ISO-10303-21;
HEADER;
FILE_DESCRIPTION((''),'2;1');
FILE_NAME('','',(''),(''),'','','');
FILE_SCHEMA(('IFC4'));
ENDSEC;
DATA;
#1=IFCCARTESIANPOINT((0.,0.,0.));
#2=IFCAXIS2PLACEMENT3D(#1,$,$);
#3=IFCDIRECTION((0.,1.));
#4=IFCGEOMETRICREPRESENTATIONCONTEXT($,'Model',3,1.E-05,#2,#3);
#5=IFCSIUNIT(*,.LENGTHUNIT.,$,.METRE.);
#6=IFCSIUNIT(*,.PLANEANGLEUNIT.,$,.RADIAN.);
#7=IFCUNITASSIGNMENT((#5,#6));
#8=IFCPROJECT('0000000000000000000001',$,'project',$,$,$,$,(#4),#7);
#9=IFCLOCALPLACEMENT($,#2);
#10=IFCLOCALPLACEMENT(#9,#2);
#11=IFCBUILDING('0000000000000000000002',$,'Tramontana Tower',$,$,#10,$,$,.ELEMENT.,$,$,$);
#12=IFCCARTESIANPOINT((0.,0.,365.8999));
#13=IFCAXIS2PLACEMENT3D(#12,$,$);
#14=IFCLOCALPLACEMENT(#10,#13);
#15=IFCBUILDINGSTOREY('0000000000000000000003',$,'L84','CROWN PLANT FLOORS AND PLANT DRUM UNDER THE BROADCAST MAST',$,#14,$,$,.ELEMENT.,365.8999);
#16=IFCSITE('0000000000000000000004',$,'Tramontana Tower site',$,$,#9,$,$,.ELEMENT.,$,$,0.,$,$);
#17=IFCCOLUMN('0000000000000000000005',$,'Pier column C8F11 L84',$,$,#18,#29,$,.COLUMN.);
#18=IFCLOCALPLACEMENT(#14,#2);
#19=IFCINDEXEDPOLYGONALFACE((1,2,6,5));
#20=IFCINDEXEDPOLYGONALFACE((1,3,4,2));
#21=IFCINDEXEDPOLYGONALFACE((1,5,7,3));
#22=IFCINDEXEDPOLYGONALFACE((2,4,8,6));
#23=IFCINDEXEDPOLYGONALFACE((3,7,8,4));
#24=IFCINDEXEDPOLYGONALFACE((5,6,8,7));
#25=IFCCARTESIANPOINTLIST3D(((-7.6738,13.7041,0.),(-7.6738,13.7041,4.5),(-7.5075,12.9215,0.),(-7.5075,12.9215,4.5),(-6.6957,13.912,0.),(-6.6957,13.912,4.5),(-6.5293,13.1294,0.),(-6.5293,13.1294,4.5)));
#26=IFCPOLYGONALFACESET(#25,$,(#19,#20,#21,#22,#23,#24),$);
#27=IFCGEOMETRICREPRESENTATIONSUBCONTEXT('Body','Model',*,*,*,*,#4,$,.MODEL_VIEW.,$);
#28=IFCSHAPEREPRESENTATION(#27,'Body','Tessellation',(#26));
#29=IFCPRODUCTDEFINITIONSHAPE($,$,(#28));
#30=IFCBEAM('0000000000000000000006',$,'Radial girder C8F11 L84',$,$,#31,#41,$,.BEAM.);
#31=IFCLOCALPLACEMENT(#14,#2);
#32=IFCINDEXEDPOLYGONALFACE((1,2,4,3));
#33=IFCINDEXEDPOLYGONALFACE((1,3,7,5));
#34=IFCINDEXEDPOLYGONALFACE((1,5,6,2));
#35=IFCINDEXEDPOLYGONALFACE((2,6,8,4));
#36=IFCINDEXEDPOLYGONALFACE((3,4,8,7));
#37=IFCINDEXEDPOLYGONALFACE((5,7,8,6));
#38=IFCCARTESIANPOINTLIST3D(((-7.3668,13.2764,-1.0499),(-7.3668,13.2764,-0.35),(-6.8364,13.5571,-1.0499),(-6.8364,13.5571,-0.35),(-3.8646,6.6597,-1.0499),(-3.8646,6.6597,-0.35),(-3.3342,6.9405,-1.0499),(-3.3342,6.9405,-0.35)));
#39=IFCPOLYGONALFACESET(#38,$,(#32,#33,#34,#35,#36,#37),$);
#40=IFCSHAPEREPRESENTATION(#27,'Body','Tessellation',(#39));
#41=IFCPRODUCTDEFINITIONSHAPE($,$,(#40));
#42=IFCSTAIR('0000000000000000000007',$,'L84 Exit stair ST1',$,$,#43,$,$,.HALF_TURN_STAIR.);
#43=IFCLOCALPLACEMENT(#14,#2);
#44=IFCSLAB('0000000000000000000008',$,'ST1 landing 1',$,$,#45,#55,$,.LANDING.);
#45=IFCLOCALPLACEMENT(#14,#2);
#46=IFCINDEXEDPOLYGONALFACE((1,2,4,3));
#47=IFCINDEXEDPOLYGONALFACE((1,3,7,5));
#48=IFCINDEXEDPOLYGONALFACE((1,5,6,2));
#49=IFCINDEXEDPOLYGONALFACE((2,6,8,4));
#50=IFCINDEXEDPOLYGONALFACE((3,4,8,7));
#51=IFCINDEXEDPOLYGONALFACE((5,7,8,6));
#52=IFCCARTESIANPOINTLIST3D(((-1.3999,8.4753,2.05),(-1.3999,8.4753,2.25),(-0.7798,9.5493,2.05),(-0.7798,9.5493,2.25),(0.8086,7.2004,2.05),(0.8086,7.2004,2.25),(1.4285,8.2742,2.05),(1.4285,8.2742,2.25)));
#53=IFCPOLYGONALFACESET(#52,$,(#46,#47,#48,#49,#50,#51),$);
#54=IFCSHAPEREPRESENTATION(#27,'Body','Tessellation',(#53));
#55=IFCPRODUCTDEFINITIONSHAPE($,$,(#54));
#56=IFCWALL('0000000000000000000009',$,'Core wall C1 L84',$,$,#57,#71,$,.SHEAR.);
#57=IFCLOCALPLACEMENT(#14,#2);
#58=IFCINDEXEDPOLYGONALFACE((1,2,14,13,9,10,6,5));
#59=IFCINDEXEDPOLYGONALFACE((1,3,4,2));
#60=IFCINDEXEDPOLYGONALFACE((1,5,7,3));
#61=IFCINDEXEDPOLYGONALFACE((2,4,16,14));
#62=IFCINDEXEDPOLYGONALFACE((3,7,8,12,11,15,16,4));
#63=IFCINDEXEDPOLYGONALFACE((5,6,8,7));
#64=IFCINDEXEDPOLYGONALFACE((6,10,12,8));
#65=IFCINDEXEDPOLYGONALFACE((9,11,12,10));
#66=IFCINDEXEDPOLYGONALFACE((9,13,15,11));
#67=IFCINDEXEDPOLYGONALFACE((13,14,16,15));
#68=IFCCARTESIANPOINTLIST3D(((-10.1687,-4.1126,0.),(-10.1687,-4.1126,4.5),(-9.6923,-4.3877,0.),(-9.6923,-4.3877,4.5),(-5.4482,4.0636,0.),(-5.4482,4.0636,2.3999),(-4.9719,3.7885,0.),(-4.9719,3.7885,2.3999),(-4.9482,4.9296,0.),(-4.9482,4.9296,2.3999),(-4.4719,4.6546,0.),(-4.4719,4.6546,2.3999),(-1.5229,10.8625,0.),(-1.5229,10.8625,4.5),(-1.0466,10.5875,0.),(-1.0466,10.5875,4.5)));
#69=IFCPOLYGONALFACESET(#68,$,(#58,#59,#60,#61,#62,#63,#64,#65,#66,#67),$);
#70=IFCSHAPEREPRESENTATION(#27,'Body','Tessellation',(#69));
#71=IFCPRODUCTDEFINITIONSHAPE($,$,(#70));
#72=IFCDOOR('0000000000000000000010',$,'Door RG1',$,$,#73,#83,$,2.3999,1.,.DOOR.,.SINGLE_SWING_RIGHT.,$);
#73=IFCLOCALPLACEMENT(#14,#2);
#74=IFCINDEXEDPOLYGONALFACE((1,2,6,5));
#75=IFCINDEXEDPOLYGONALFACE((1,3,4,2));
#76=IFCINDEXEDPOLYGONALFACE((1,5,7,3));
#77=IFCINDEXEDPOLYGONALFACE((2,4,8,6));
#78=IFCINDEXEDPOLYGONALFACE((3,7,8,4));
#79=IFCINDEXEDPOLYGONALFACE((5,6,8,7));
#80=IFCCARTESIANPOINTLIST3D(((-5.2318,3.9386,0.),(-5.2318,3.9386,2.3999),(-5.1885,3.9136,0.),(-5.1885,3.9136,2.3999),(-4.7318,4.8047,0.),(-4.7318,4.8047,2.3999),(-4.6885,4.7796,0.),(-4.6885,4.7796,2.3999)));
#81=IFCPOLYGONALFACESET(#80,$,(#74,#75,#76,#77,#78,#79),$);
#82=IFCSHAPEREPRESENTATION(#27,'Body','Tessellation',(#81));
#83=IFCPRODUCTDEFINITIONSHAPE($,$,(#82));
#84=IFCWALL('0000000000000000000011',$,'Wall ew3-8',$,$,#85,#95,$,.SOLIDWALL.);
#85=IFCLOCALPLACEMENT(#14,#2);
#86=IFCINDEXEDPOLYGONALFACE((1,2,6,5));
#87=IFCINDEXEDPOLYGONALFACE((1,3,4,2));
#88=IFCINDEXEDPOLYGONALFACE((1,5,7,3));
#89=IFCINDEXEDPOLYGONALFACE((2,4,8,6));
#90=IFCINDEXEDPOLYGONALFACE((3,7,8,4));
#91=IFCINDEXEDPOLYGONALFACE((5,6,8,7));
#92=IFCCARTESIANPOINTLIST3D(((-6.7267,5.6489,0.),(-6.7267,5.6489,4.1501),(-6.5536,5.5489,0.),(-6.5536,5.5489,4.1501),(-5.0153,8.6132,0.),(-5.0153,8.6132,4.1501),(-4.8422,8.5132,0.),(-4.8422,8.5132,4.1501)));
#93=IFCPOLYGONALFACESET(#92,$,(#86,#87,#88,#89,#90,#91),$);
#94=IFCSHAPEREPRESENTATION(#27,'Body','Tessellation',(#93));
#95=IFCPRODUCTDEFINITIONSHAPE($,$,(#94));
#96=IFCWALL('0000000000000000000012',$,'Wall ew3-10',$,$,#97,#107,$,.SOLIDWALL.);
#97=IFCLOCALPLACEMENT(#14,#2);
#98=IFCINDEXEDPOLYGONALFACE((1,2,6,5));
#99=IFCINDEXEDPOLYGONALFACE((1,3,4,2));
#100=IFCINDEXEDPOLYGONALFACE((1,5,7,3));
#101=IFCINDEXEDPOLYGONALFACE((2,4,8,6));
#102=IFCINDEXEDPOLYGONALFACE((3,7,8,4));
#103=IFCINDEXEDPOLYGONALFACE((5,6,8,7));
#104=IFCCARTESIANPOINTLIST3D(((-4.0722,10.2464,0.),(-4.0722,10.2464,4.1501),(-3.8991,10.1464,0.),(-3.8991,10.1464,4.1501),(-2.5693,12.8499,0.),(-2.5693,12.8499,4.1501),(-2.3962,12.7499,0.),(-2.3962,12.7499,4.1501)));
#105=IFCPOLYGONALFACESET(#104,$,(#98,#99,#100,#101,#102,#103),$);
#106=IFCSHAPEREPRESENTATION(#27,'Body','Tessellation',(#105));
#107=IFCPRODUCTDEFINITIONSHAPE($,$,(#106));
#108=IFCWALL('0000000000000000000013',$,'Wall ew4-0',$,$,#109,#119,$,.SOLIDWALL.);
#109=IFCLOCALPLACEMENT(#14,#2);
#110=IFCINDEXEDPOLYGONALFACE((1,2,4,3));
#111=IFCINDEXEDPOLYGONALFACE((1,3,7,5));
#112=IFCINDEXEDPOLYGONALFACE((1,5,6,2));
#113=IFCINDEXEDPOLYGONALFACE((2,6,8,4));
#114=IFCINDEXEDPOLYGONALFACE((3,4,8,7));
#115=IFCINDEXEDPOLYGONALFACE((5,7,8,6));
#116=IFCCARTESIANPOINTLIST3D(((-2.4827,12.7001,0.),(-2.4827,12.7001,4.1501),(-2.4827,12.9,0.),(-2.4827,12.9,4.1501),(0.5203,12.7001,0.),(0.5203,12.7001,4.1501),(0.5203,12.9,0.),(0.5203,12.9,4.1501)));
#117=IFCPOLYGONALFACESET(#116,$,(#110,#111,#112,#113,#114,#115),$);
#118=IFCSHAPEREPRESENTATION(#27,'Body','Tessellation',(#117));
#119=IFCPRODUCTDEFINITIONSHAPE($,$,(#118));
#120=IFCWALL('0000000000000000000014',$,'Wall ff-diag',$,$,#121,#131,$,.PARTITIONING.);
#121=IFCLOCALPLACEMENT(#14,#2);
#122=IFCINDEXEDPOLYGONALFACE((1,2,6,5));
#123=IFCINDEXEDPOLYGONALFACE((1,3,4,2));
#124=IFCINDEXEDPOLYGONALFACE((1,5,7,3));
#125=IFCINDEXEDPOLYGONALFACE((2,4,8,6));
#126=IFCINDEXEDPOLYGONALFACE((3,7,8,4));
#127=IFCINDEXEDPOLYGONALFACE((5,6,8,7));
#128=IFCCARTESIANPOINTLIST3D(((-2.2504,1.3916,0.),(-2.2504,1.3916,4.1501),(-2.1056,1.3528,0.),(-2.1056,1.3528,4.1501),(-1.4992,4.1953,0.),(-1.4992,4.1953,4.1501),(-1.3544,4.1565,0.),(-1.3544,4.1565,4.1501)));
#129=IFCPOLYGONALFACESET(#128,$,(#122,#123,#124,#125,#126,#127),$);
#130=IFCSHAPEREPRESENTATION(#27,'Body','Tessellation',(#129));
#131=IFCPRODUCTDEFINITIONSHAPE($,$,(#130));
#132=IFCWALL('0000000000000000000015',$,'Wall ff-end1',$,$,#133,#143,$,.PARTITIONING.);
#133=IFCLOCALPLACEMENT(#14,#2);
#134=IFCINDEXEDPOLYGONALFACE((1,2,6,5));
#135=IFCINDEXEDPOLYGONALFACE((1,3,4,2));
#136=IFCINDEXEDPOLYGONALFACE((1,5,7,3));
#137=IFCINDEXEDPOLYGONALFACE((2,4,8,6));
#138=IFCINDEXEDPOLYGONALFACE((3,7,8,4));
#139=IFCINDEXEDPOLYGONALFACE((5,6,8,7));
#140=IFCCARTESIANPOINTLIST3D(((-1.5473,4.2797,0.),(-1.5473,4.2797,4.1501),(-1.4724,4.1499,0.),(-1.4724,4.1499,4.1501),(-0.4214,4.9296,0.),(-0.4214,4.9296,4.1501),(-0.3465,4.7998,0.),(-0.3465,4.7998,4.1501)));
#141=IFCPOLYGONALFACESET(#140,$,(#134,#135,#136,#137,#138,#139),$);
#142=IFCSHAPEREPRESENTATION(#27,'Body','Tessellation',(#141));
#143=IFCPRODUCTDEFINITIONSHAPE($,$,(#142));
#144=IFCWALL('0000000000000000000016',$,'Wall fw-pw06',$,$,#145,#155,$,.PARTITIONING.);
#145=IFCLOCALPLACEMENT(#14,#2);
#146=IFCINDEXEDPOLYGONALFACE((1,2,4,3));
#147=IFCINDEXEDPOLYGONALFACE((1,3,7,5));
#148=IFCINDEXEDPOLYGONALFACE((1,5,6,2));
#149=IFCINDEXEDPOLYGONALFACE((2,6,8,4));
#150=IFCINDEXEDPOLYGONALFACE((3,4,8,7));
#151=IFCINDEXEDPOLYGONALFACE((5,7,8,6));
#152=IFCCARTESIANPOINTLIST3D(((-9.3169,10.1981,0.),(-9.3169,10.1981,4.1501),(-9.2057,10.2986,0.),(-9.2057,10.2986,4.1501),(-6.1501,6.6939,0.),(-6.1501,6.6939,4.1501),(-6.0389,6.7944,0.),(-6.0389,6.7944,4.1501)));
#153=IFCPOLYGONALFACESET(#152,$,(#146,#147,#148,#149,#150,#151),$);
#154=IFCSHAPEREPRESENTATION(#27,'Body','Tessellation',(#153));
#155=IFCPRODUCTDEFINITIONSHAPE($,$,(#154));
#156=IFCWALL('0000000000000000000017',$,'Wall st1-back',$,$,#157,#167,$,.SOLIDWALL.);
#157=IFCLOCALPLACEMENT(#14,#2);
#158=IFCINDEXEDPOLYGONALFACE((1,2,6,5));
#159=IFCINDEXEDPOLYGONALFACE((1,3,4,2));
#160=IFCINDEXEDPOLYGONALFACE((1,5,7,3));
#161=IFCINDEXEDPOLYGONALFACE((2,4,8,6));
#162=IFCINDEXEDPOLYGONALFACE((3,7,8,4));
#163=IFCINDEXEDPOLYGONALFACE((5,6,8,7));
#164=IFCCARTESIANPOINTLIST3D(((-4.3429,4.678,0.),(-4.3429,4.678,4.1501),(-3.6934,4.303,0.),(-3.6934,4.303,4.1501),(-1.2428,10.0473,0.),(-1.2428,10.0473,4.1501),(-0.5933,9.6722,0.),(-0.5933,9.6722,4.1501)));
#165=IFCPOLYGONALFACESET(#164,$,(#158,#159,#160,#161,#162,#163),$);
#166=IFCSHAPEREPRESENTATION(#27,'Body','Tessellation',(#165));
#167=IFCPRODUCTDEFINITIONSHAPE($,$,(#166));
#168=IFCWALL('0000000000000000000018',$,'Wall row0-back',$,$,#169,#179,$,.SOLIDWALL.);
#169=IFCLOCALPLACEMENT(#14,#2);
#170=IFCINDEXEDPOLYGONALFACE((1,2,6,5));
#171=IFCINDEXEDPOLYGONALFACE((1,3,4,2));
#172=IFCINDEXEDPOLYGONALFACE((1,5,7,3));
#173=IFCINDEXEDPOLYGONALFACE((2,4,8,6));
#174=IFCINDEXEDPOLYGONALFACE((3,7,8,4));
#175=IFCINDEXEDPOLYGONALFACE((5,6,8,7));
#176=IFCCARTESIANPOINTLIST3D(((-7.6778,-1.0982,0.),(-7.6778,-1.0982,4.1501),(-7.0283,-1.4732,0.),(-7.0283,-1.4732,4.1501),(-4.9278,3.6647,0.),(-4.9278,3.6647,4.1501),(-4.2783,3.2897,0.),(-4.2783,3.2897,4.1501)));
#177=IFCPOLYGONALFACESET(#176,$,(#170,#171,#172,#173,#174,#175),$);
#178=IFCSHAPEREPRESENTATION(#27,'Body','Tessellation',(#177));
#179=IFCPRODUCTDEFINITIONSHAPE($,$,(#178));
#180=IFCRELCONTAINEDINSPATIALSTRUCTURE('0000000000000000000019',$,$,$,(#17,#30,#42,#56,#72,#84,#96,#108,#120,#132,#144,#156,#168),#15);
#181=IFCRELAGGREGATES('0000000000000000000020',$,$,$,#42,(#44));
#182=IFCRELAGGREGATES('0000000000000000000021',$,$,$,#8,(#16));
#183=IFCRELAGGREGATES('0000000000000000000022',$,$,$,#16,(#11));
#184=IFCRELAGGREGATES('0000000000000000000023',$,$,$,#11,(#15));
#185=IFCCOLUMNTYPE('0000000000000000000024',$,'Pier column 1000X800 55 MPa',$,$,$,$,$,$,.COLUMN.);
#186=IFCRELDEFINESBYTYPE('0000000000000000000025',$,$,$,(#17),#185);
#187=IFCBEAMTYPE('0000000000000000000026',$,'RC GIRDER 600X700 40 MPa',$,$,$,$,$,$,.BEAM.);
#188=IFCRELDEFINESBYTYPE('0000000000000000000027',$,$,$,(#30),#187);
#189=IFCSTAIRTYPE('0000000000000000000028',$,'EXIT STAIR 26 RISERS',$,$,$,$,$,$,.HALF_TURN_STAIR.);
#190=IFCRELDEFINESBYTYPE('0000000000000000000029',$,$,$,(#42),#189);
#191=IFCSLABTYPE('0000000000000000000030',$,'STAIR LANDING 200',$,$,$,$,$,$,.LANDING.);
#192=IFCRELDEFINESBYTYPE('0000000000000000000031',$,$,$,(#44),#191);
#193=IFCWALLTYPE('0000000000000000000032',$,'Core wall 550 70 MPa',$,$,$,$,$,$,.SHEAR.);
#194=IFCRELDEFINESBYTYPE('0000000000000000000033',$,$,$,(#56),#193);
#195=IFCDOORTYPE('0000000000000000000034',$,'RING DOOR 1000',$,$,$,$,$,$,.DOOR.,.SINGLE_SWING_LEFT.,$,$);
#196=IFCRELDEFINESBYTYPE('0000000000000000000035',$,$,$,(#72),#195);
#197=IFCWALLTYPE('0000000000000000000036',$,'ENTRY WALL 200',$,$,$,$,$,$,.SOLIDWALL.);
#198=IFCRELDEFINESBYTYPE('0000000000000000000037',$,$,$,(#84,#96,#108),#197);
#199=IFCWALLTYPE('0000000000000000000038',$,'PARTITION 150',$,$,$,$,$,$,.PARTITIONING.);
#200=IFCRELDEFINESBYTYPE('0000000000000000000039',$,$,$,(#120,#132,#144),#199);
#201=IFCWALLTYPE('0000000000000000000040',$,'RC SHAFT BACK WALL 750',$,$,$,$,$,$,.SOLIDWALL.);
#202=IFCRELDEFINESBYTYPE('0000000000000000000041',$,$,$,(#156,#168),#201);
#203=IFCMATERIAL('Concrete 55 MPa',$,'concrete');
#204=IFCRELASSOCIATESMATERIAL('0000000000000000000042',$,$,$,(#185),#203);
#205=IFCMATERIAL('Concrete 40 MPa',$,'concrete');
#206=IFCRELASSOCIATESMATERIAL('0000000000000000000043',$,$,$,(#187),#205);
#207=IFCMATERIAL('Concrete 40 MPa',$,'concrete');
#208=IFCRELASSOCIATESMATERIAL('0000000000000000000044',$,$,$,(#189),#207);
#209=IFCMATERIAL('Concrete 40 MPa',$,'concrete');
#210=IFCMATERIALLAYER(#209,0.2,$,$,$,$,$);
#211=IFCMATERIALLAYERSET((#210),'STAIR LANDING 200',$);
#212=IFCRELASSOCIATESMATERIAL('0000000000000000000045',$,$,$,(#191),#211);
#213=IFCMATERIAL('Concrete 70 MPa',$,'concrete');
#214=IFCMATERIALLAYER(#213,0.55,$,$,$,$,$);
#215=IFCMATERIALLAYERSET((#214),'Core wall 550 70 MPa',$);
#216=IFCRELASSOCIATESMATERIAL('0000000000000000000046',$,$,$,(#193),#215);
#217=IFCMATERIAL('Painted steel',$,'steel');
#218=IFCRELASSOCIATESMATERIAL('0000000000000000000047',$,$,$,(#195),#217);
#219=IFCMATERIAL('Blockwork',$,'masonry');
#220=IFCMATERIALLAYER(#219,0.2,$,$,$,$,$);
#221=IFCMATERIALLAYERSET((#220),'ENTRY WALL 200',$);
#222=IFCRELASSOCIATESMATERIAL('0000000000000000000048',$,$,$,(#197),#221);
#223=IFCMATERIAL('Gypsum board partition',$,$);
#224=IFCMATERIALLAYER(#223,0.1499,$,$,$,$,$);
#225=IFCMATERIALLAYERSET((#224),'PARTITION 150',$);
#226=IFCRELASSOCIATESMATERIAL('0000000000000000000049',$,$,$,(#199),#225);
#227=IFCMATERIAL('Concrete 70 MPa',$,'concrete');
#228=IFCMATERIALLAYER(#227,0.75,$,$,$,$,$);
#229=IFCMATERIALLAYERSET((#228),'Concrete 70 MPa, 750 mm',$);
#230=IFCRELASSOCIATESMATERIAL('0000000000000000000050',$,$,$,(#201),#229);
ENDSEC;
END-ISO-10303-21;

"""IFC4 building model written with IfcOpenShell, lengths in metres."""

from ifc_helpers import new_model, si_unit, direction, frame, frame_2d, origin, origin_2d, place, context, subcontext, project, spatial, polyline, rectangle, outline, extrude, material, layer, layer_set, material_profile, profile_set, type_object, element, fill, aggregate, save


model = new_model("IFC4")

# Units and contexts
model_context = context("Model", 3, precision=1e-05, world=origin(), true_north=direction((0.0, 1.0)))
body_context = subcontext(model_context, "Body", "Model", "MODEL_VIEW")
ifc_project = project(units=[si_unit("LENGTHUNIT", "METRE"), si_unit("PLANEANGLEUNIT", "RADIAN")], contexts=[model_context])

# Site, building, storey
site_placement = place(None, origin())
site = spatial("IfcSite", under=ifc_project, at=site_placement, Name="Tramontana Tower site", CompositionType="ELEMENT", RefElevation=0.0)
building_placement = place(site_placement, origin())
building = spatial("IfcBuilding", under=site, at=building_placement, Name="Tramontana Tower", CompositionType="ELEMENT")
storey_placement = place(building_placement, frame((0.0, 0.0, 365.8999)))
storey = spatial("IfcBuildingStorey", under=building, at=storey_placement, Name="L84", Description="CROWN PLANT FLOORS AND PLANT DRUM UNDER THE BROADCAST MAST", CompositionType="ELEMENT", Elevation=365.8999)

# Column
ifc_material_1 = material(Name="Concrete 55 MPa", Category="concrete")
ifc_material_profile_1 = material_profile(ifc_material_1, rectangle(XDim=1.0, YDim=0.8, at=origin_2d()), Name="Pier column 1000X800 55 MPa")
ifc_profile_set_1 = profile_set([ifc_material_profile_1], Name="Concrete 55 MPa")
column_type = type_object("IfcColumnType", Name="Pier column 1000X800 55 MPa", PredefinedType="COLUMN", material=ifc_profile_set_1)
column_placement = place(storey_placement, frame((-7.1016, 13.4167, 0.0), z_axis=(0.0, 0.0, 1.0), x_axis=(-0.978148, -0.207912, 0.0)))
element("IfcColumn", 1, at=column_placement, inside=storey, type_object=column_type, Name="Pier column C8F11 L84", PredefinedType="COLUMN", context=body_context, shape_type="SweptSolid", body=[
    extrude(rectangle(XDim=1.0, YDim=0.8, at=origin_2d()), origin(), (0.0, 0.0, 1.0), 4.5),
])

# Beam
ifc_material_2 = material(Name="Concrete 40 MPa", Category="concrete")
ifc_material_profile_2 = material_profile(ifc_material_2, rectangle(XDim=0.6001, YDim=0.7, at=origin_2d()), Name="RC GIRDER 600X700 40 MPa")
ifc_profile_set_2 = profile_set([ifc_material_profile_2], Name="Concrete 40 MPa")
beam_type = type_object("IfcBeamType", Name="RC GIRDER 600X700 40 MPa", PredefinedType="BEAM", material=ifc_profile_set_2)
beam_placement = place(storey_placement, frame((-7.1016, 13.4167, -0.7), z_axis=(0.467808, -0.88383, 0.0), x_axis=(0.88383, 0.467808, 0.0)))
element("IfcBeam", 2, at=beam_placement, inside=storey, type_object=beam_type, Name="Radial girder C8F11 L84", PredefinedType="BEAM", context=body_context, shape_type="SweptSolid", body=[
    extrude(rectangle(XDim=0.6001, YDim=0.7, at=origin_2d()), origin(), (0.0, 0.0, 1.0), 7.4863),
])

# Stair, slab
ifc_material_3 = material(Name="Concrete 40 MPa", Category="concrete")
stair_type = type_object("IfcStairType", Name="EXIT STAIR 26 RISERS", PredefinedType="HALF_TURN_STAIR", material=ifc_material_3)
stair_placement = place(storey_placement, origin())
stair = element("IfcStair", 3, at=stair_placement, inside=storey, type_object=stair_type, Name="L84 Exit stair ST1", PredefinedType="HALF_TURN_STAIR")
ifc_material_4 = material(Name="Concrete 40 MPa", Category="concrete")
ifc_layer_1 = layer(ifc_material_4, 0.2)
ifc_layer_set_1 = layer_set([ifc_layer_1], Name="STAIR LANDING 200")
slab_type = type_object("IfcSlabType", Name="STAIR LANDING 200", PredefinedType="LANDING", material=ifc_layer_set_1)
slab_placement = place(storey_placement, frame((0.0, 0.0, 2.05)))
slab = element("IfcSlab", 4, at=slab_placement, type_object=slab_type, Name="ST1 landing 1", PredefinedType="LANDING", context=body_context, shape_type="SweptSolid", body=[
    extrude(outline(polyline([(0.8086, 7.2004), (1.4285, 8.2742), (-0.7798, 9.5493), (-1.3999, 8.4753), (0.8086, 7.2004)])), origin(), (0.0, 0.0, 1.0), 0.2),
])

# Wall, opening, door
ifc_material_5 = material(Name="Concrete 70 MPa", Category="concrete")
ifc_layer_2 = layer(ifc_material_5, 0.55)
ifc_layer_set_2 = layer_set([ifc_layer_2], Name="Core wall 550 70 MPa")
wall_type_1 = type_object("IfcWallType", Name="Core wall 550 70 MPa", PredefinedType="SHEAR", material=ifc_layer_set_2)
wall_1_placement = place(storey_placement, frame((-1.2847, 10.7251, 0.0), z_axis=(0.0, 0.0, 1.0), x_axis=(-0.499995, -0.866029, 0.0)))
wall_1 = element("IfcWall", 5, at=wall_1_placement, inside=storey, type_object=wall_type_1, Name="Core wall C1 L84", PredefinedType="SHEAR", context=body_context, shape_type="SweptSolid", body=[
    extrude(rectangle(XDim=17.2917, YDim=0.55, at=frame_2d((8.646, 0.0))), origin(), (0.0, 0.0, 1.0), 4.5),
])
opening_1_placement = place(wall_1_placement, frame((6.8508, 0.0, 0.0)))
opening_1 = element("IfcOpeningElement", 6, at=opening_1_placement, cuts=wall_1, PredefinedType="OPENING", context=body_context, shape_type="SweptSolid", body=[
    extrude(rectangle(XDim=1.0, YDim=2.3999, at=frame_2d((0.5, 1.2))), frame((0.0, 0.2849, 0.0), z_axis=(0.0, -1.0, 0.0), x_axis=(1.0, 0.0, 0.0)), (0.0, 0.0, 1.0), 0.5701),
])
ifc_material_6 = material(Name="Painted steel", Category="steel")
door_type_1 = type_object("IfcDoorType", Name="RING DOOR 1000", OperationType="SINGLE_SWING_LEFT", PredefinedType="DOOR", material=ifc_material_6)
door_1_placement = place(opening_1_placement, origin())
door_1 = element("IfcDoor", 7, at=door_1_placement, inside=storey, type_object=door_type_1, Name="Door RG1", OperationType="SINGLE_SWING_RIGHT", OverallHeight=2.3999, OverallWidth=1.0, PredefinedType="DOOR", context=body_context, shape_type="SweptSolid", body=[
    extrude(rectangle(XDim=1.0, YDim=2.3999, at=frame_2d((0.5, 1.2))), frame((0.0, 0.0249, 0.0), z_axis=(0.0, -1.0, 0.0), x_axis=(1.0, 0.0, 0.0)), (0.0, 0.0, 1.0), 0.05),
])
fill(opening_1, door_1)

# Wall
ifc_material_7 = material(Name="Blockwork", Category="masonry")
ifc_layer_3 = layer(ifc_material_7, 0.2)
ifc_layer_set_3 = layer_set([ifc_layer_3], Name="ENTRY WALL 200")
wall_type_2 = type_object("IfcWallType", Name="ENTRY WALL 200", PredefinedType="SOLIDWALL", material=ifc_layer_set_3)
wall_2_placement = place(storey_placement, frame((-6.6401, 5.5989, 0.0), z_axis=(0.0, 0.0, 1.0), x_axis=(0.49999, 0.866031, 0.0)))
element("IfcWall", 8, at=wall_2_placement, inside=storey, type_object=wall_type_2, Name="Wall ew3-8", PredefinedType="SOLIDWALL", context=body_context, shape_type="SweptSolid", body=[
    extrude(rectangle(XDim=3.4229, YDim=0.2, at=frame_2d((1.7114, 0.0))), origin(), (0.0, 0.0, 1.0), 4.1501),
])

# Walls
wall_3_placement = place(storey_placement, frame((-3.9856, 10.1965, 0.0), z_axis=(0.0, 0.0, 1.0), x_axis=(0.499947, 0.866056, 0.0)))
element("IfcWall", 9, at=wall_3_placement, inside=storey, type_object=wall_type_2, Name="Wall ew3-10", PredefinedType="SOLIDWALL", context=body_context, shape_type="SweptSolid", body=[
    extrude(rectangle(XDim=3.0061, YDim=0.2, at=frame_2d((1.5029, 0.0))), origin(), (0.0, 0.0, 1.0), 4.1501),
])
wall_4_placement = place(storey_placement, frame((-2.4827, 12.8, 0.0), z_axis=(0.0, 0.0, 1.0), x_axis=(1.0, 0.0, 0.0)))
element("IfcWall", 10, at=wall_4_placement, inside=storey, type_object=wall_type_2, Name="Wall ew4-0", PredefinedType="SOLIDWALL", context=body_context, shape_type="SweptSolid", body=[
    extrude(rectangle(XDim=3.0029, YDim=0.2, at=frame_2d((1.5015, 0.0))), origin(), (0.0, 0.0, 1.0), 4.1501),
])
ifc_material_8 = material(Name="Gypsum board partition")
ifc_layer_4 = layer(ifc_material_8, 0.1499)
ifc_layer_set_4 = layer_set([ifc_layer_4], Name="PARTITION 150")
wall_type_3 = type_object("IfcWallType", Name="PARTITION 150", PredefinedType="PARTITIONING", material=ifc_layer_set_4)
wall_5_placement = place(storey_placement, frame((-2.178, 1.3723, 0.0), z_axis=(0.0, 0.0, 1.0), x_axis=(0.258809, 0.965929, 0.0)))
element("IfcWall", 11, at=wall_5_placement, inside=storey, type_object=wall_type_3, Name="Wall ff-diag", PredefinedType="PARTITIONING", context=body_context, shape_type="SweptSolid", body=[
    extrude(rectangle(XDim=2.9026, YDim=0.1499, at=frame_2d((1.4512, 0.0))), origin(), (0.0, 0.0, 1.0), 4.1501),
])
wall_6_placement = place(storey_placement, frame((-1.5098, 4.2148, 0.0), z_axis=(0.0, 0.0, 1.0), x_axis=(0.866086, 0.499896, 0.0)))
element("IfcWall", 12, at=wall_6_placement, inside=storey, type_object=wall_type_3, Name="Wall ff-end1", PredefinedType="PARTITIONING", context=body_context, shape_type="SweptSolid", body=[
    extrude(rectangle(XDim=1.3, YDim=0.1499, at=frame_2d((0.6499, 0.0))), origin(), (0.0, 0.0, 1.0), 4.1501),
])
wall_7_placement = place(storey_placement, frame((-6.0945, 6.7441, 0.0), z_axis=(0.0, 0.0, 1.0), x_axis=(-0.670486, 0.741923, 0.0)))
element("IfcWall", 13, at=wall_7_placement, inside=storey, type_object=wall_type_3, Name="Wall fw-pw06", PredefinedType="PARTITIONING", context=body_context, shape_type="SweptSolid", body=[
    extrude(rectangle(XDim=4.7231, YDim=0.1499, at=frame_2d((2.3616, 0.0))), origin(), (0.0, 0.0, 1.0), 4.1501),
])
ifc_material_9 = material(Name="Concrete 70 MPa", Category="concrete")
ifc_layer_5 = layer(ifc_material_9, 0.75)
ifc_layer_set_5 = layer_set([ifc_layer_5], Name="Concrete 70 MPa, 750 mm")
wall_type_4 = type_object("IfcWallType", Name="RC SHAFT BACK WALL 750", PredefinedType="SOLIDWALL", material=ifc_layer_set_5)
wall_8_placement = place(storey_placement, frame((-0.918, 9.8599, 0.0), z_axis=(0.0, 0.0, 1.0), x_axis=(-0.500027, -0.86601, 0.0)))
element("IfcWall", 14, at=wall_8_placement, inside=storey, type_object=wall_type_4, Name="Wall st1-back", PredefinedType="SOLIDWALL", context=body_context, shape_type="SweptSolid", body=[
    extrude(rectangle(XDim=6.2, YDim=0.75, at=frame_2d((3.1001, 0.0))), origin(), (0.0, 0.0, 1.0), 4.1501),
])
wall_9_placement = place(storey_placement, frame((-4.603, 3.4773, 0.0), z_axis=(0.0, 0.0, 1.0), x_axis=(-0.500016, -0.866016, 0.0)))
element("IfcWall", 15, at=wall_9_placement, inside=storey, type_object=wall_type_4, Name="Wall row0-back", PredefinedType="SOLIDWALL", context=body_context, shape_type="SweptSolid", body=[
    extrude(rectangle(XDim=5.4998, YDim=0.75, at=frame_2d((2.75, 0.0))), origin(), (0.0, 0.0, 1.0), 4.1501),
])

aggregate(stair, [slab])

save(model, "model.ifc")
